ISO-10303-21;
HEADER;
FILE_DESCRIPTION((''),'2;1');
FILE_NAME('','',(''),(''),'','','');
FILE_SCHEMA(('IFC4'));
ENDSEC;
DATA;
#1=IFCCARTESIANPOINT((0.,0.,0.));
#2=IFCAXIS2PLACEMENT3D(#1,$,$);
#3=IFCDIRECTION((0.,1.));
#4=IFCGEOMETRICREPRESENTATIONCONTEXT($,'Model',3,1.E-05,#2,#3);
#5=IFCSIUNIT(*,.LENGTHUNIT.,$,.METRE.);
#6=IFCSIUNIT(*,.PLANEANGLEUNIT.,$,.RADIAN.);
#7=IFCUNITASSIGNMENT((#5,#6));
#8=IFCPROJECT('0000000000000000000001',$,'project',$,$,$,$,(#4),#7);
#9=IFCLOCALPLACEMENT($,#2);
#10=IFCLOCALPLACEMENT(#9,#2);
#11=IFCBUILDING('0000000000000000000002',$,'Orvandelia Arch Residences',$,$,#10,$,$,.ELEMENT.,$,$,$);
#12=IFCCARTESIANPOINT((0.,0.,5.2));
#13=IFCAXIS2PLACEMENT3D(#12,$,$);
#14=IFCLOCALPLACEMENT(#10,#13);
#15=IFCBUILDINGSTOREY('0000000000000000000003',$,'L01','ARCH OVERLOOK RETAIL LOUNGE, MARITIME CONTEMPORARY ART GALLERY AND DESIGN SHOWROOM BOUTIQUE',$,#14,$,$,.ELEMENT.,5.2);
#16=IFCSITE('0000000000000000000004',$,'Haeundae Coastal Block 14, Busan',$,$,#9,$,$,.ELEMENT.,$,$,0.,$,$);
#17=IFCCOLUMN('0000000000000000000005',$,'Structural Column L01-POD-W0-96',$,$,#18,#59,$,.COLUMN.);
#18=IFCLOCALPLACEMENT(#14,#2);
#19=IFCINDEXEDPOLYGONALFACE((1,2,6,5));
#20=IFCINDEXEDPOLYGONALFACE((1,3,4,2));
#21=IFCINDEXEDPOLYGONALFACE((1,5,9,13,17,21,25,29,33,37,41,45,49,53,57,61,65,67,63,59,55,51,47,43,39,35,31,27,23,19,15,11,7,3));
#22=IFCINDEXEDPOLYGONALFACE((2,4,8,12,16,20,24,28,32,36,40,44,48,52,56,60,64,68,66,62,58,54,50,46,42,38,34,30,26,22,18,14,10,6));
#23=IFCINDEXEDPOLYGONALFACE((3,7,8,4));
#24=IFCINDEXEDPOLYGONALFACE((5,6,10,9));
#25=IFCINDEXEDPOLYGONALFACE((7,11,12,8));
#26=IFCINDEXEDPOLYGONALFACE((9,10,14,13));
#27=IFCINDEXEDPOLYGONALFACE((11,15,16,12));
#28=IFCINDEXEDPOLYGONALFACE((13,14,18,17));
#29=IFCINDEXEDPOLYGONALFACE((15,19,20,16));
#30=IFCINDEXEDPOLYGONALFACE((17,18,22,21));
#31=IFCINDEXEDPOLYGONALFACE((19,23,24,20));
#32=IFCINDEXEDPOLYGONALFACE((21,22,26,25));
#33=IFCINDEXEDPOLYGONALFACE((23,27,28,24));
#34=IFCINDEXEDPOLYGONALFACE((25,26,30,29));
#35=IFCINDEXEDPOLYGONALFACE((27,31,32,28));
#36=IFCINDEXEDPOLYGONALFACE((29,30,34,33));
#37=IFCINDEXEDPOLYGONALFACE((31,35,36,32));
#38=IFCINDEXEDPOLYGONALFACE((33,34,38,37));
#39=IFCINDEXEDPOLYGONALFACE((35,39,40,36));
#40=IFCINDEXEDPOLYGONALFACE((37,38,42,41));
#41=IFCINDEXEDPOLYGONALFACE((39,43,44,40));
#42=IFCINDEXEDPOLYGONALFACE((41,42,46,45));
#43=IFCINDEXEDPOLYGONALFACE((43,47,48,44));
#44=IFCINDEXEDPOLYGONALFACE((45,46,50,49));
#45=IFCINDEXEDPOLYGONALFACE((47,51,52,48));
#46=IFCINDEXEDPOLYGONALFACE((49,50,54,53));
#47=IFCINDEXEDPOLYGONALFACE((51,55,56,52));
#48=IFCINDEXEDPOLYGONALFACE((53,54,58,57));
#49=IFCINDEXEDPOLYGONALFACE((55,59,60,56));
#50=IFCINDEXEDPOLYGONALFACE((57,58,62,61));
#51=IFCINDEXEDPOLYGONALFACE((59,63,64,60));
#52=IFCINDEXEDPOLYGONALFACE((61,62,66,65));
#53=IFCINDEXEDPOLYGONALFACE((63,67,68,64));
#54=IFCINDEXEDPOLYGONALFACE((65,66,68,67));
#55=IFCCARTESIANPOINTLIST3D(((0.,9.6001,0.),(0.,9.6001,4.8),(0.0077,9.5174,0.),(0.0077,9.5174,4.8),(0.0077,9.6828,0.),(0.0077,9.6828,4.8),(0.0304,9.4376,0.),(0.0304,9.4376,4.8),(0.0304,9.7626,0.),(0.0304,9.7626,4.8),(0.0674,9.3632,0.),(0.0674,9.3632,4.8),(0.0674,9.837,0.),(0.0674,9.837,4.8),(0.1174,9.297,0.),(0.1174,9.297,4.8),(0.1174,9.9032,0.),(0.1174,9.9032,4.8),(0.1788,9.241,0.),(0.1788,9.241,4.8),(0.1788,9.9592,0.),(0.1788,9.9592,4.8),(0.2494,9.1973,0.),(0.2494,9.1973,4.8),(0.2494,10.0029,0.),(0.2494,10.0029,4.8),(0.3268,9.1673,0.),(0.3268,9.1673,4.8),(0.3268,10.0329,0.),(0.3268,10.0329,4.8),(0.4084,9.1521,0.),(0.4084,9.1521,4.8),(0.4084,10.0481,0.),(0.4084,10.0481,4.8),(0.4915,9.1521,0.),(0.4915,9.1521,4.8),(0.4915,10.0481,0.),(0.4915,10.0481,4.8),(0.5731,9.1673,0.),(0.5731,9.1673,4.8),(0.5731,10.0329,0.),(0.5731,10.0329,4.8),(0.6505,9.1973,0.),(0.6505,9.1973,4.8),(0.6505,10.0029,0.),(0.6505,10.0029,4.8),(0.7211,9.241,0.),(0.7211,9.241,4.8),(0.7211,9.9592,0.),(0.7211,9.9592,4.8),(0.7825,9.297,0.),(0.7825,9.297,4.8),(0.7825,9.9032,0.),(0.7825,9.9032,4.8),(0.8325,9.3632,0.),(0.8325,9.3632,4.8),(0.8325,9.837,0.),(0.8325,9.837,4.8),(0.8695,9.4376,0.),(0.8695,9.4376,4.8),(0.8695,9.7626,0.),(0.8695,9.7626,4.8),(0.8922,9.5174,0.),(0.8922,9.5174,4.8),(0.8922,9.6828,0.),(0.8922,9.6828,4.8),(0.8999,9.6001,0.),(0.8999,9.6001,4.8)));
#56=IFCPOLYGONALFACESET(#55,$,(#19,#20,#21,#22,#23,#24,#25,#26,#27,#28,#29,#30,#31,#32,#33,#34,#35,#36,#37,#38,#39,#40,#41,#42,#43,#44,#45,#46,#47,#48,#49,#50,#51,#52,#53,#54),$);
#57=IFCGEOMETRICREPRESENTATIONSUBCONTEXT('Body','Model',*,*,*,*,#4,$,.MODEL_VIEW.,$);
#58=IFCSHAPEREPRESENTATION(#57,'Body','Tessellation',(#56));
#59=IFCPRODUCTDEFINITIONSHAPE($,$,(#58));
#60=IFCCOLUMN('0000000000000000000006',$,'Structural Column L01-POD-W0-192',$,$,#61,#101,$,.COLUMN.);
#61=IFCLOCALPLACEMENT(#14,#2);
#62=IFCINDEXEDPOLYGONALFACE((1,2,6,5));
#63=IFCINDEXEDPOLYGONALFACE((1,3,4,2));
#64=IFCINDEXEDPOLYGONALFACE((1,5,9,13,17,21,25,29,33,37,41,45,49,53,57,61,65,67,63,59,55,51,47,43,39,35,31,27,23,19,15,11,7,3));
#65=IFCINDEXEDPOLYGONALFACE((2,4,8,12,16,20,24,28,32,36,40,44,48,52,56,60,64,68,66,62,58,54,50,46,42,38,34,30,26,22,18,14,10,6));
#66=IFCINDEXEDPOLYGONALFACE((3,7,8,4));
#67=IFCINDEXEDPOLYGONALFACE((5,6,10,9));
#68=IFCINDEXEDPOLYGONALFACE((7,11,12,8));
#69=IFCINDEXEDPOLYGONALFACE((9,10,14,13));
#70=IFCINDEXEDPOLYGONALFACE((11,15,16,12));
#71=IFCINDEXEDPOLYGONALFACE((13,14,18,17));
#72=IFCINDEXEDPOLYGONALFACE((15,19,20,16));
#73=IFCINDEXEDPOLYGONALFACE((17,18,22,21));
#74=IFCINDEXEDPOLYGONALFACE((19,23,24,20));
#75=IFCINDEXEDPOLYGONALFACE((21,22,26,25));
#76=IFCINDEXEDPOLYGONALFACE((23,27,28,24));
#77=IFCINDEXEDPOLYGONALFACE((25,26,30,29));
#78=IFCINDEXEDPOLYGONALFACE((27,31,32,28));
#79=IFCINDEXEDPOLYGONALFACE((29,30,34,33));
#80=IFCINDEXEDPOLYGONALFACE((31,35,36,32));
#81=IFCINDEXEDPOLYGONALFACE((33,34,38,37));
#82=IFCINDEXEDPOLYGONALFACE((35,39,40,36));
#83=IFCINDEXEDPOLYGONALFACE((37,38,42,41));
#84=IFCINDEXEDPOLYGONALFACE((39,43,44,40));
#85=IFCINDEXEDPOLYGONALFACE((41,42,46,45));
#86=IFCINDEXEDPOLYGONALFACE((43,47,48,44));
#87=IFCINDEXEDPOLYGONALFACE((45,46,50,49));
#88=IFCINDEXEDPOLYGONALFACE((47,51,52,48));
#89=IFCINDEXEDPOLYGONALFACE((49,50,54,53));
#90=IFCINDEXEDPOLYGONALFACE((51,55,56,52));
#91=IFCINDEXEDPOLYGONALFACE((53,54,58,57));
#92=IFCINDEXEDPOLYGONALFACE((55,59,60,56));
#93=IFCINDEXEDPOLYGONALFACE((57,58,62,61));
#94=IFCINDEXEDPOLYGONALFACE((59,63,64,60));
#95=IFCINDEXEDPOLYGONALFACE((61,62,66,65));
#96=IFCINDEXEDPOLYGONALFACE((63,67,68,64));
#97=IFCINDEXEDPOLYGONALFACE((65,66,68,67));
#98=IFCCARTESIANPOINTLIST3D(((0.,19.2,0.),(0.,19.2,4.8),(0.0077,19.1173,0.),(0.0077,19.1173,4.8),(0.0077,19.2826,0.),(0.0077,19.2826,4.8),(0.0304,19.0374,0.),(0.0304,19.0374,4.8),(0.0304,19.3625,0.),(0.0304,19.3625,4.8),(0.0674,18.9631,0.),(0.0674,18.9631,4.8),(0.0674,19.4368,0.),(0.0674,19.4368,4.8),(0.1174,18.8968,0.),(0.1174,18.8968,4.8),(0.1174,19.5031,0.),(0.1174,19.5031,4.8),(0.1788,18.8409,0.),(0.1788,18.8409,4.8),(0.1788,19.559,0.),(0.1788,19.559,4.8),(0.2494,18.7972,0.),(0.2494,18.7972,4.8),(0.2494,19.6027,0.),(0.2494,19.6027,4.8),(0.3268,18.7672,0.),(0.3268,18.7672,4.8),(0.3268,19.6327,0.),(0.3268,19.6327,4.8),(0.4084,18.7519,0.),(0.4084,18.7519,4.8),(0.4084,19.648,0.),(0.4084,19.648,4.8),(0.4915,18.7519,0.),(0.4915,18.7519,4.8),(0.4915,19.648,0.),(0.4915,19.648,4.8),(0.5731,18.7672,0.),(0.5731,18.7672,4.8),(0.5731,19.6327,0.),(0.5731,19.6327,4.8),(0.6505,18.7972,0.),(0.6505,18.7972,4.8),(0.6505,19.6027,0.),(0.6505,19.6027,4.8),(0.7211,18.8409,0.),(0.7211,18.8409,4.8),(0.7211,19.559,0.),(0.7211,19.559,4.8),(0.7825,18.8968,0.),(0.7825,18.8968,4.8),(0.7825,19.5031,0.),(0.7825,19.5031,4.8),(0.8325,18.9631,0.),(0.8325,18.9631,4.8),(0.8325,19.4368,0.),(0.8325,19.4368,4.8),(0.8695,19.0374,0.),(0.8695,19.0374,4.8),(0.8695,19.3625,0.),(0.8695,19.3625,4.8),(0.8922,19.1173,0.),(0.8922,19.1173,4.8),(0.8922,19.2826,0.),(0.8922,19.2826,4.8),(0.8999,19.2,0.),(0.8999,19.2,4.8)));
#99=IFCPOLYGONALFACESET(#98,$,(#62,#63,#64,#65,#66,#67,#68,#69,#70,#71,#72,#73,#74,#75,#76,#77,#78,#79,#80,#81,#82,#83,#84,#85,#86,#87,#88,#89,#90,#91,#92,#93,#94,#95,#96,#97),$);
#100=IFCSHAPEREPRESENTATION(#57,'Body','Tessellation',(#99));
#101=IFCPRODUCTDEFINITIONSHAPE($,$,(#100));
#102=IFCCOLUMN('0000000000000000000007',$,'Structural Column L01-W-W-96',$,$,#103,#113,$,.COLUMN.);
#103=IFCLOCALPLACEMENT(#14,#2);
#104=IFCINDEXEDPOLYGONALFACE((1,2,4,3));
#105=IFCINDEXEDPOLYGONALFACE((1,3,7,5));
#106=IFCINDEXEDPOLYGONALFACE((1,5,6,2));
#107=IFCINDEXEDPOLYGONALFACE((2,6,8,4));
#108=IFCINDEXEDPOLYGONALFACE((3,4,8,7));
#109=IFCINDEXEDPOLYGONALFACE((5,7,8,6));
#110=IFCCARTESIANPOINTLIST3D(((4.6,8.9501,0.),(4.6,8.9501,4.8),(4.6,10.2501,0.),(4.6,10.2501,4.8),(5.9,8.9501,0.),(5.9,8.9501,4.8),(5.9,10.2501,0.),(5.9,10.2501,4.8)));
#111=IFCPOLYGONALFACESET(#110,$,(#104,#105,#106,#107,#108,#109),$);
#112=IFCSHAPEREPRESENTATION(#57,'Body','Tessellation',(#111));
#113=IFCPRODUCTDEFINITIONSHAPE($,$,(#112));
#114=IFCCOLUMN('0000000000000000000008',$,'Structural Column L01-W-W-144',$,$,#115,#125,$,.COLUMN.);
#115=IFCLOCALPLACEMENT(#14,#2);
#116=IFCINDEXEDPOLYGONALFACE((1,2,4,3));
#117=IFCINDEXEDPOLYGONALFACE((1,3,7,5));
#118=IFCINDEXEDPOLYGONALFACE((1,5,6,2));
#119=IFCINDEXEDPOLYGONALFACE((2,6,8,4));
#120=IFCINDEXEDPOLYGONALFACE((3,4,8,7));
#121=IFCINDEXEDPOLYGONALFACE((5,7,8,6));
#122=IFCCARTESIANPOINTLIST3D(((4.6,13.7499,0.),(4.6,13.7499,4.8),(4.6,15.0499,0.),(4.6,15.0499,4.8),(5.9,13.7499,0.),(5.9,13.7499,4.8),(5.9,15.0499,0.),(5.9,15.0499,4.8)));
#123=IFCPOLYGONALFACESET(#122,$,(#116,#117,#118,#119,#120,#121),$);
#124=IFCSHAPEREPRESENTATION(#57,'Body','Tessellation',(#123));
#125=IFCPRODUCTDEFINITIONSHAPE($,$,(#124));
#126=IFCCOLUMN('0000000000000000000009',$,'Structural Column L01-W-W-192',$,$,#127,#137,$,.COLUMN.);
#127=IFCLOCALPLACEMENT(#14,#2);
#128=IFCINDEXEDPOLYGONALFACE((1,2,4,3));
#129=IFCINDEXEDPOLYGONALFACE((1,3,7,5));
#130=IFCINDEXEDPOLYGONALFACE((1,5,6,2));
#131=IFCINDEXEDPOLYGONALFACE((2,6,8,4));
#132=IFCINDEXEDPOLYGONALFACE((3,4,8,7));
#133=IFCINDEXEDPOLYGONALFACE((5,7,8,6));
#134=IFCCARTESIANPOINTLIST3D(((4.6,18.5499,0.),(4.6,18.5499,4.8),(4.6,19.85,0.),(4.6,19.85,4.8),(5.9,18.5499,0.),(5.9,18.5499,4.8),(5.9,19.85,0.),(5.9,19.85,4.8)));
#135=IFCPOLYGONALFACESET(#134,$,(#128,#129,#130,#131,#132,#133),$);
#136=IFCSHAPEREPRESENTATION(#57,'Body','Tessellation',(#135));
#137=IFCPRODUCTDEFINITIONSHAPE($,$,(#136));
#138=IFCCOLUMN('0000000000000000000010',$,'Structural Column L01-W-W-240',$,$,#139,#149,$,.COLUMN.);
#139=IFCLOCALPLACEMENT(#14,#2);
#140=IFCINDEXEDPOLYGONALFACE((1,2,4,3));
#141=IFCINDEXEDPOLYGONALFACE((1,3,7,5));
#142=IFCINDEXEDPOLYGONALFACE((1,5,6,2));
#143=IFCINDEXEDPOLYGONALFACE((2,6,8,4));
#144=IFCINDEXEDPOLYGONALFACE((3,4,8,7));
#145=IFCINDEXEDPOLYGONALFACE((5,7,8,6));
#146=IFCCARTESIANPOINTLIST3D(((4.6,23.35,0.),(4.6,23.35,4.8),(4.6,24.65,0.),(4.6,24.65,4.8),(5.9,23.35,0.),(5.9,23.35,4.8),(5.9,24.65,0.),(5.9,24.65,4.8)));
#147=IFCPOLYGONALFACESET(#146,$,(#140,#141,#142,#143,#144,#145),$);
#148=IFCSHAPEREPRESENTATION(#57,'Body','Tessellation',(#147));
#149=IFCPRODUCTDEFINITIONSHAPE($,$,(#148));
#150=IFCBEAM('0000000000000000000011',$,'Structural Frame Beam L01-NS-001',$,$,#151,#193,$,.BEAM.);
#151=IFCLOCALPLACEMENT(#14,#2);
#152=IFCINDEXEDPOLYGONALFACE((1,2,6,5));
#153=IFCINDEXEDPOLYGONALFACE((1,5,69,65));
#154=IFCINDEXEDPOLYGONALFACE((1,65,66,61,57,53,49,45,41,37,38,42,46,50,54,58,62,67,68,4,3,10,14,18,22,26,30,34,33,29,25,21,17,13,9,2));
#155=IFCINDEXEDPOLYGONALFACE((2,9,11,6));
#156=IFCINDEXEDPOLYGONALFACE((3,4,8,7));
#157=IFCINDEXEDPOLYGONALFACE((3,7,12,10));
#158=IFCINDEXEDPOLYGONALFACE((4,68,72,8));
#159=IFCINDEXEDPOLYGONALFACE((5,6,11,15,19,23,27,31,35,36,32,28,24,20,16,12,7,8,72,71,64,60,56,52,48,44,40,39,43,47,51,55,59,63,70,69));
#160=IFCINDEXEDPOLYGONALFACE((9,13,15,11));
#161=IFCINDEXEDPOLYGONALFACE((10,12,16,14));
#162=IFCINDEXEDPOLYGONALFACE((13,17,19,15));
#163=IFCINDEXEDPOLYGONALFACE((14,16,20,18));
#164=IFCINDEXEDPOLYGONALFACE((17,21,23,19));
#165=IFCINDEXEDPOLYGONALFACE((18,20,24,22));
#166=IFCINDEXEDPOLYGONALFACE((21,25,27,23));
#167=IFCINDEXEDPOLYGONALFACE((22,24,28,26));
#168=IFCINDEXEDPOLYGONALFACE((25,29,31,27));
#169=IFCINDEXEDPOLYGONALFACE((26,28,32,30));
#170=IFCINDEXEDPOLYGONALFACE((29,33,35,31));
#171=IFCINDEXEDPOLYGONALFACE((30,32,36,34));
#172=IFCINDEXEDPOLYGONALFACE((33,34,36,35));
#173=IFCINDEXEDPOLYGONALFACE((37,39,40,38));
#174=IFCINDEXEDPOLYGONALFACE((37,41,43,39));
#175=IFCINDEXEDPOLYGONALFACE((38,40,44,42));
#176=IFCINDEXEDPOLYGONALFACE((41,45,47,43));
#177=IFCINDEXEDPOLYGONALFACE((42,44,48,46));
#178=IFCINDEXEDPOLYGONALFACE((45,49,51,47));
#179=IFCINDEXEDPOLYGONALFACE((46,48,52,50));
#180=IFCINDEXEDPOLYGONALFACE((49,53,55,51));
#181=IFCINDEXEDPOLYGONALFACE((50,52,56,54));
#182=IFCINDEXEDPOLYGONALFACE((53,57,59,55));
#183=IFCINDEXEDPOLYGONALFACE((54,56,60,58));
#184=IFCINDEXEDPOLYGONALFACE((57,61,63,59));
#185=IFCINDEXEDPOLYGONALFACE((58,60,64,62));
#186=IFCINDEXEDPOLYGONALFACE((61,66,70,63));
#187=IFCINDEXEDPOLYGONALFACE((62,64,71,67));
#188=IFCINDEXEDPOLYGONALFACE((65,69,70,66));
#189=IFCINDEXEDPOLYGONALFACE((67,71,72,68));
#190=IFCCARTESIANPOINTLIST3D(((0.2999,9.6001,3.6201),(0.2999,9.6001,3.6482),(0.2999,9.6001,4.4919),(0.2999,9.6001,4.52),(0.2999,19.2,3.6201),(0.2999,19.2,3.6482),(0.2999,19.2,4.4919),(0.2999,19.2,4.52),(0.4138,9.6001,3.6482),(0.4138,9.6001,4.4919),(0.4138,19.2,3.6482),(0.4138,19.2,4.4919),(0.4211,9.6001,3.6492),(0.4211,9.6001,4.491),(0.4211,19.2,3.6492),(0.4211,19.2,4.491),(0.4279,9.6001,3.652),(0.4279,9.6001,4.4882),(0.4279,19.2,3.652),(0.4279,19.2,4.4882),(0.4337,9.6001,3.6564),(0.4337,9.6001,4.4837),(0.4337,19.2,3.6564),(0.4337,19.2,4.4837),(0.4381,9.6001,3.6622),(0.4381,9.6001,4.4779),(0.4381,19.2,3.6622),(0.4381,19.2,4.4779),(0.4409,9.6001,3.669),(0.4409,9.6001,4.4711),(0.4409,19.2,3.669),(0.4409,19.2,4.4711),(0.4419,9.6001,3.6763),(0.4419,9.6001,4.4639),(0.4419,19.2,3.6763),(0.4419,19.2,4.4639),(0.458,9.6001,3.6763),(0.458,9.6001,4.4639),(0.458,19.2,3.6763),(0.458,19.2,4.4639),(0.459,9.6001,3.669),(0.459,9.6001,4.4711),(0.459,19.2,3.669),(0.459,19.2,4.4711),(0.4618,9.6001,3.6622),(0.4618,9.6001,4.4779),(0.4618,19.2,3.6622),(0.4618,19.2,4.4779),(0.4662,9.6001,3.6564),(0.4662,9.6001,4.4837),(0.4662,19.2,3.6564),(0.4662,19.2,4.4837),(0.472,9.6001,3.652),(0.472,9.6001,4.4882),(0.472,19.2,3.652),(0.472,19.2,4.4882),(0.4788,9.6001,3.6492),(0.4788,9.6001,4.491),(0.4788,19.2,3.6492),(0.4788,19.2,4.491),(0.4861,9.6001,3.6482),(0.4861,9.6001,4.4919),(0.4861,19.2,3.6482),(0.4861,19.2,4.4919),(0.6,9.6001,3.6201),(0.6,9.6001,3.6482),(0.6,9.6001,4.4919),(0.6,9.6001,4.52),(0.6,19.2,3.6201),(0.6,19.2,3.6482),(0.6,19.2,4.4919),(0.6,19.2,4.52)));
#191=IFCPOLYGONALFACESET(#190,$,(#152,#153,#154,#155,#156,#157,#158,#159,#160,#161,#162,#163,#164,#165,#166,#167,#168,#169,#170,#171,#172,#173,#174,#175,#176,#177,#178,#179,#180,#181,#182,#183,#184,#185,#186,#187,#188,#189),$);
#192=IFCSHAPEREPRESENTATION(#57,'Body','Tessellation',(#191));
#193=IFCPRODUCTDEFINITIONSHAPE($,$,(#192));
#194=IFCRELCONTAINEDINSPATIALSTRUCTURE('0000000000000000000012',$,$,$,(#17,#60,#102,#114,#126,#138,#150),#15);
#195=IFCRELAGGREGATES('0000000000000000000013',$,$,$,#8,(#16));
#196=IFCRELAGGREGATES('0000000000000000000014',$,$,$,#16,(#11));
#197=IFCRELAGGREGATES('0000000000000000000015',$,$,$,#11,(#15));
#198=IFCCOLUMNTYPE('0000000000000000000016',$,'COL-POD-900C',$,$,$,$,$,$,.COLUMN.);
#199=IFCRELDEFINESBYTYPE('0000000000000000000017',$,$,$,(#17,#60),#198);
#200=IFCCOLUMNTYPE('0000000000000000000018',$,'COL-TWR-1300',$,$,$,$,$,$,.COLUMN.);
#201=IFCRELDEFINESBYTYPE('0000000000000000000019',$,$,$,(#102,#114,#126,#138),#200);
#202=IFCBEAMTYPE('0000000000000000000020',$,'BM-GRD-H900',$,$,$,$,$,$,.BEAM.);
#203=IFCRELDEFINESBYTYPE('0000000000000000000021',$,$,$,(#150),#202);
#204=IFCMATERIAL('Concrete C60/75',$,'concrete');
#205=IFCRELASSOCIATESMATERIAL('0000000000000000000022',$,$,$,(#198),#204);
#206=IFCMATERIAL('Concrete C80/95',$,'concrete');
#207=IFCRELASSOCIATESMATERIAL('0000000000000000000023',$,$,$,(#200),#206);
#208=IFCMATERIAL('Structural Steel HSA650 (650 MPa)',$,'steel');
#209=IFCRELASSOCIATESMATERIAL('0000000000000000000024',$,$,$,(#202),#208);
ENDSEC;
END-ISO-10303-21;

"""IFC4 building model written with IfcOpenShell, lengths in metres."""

from ifc_helpers import new_model, si_unit, direction, frame, origin, origin_2d, place, context, subcontext, project, spatial, rectangle, circle, i_section, extrude, material, material_profile, profile_set, type_object, element, save


model = new_model("IFC4")

# Units and contexts
model_context = context("Model", 3, precision=1e-05, world=origin(), true_north=direction((0.0, 1.0)))
body_context = subcontext(model_context, "Body", "Model", "MODEL_VIEW")
ifc_project = project(units=[si_unit("LENGTHUNIT", "METRE"), si_unit("PLANEANGLEUNIT", "RADIAN")], contexts=[model_context])

# Site, building, storey
site_placement = place(None, origin())
site = spatial("IfcSite", under=ifc_project, at=site_placement, Name="Haeundae Coastal Block 14, Busan", CompositionType="ELEMENT", RefElevation=0.0)
building_placement = place(site_placement, origin())
building = spatial("IfcBuilding", under=site, at=building_placement, Name="Orvandelia Arch Residences", CompositionType="ELEMENT")
storey_placement = place(building_placement, frame((0.0, 0.0, 5.2)))
storey = spatial("IfcBuildingStorey", under=building, at=storey_placement, Name="L01", Description="ARCH OVERLOOK RETAIL LOUNGE, MARITIME CONTEMPORARY ART GALLERY AND DESIGN SHOWROOM BOUTIQUE", CompositionType="ELEMENT", Elevation=5.2)

# Columns
ifc_material_1 = material(Name="Concrete C60/75", Category="concrete")
ifc_material_profile_1 = material_profile(ifc_material_1, circle(Radius=0.45, at=origin_2d()), Name="Concrete C60/75", Category="concrete")
ifc_profile_set_1 = profile_set([ifc_material_profile_1], Name="Concrete C60/75")
column_type_1 = type_object("IfcColumnType", Name="COL-POD-900C", PredefinedType="COLUMN", material=ifc_profile_set_1)
for number, where, z_axis, x_axis, name in (
    (1, (0.45, 9.6001, 0.0), (0.0, 0.0, 1.0), (1.0, 0.0, 0.0), "Structural Column L01-POD-W0-96"),
    (2, (0.45, 19.2, 0.0), (0.0, 0.0, 1.0), (1.0, 0.0, 0.0), "Structural Column L01-POD-W0-192"),
):
    element("IfcColumn", number, at=place(storey_placement, frame(where, z_axis=z_axis, x_axis=x_axis)), inside=storey, type_object=column_type_1, Name=name, PredefinedType="COLUMN", context=body_context, shape_type="SweptSolid", body=[
        extrude(circle(Radius=0.45, at=origin_2d()), origin(), (0.0, 0.0, 1.0), 4.8),
    ])
ifc_material_2 = material(Name="Concrete C80/95", Category="concrete")
ifc_material_profile_2 = material_profile(ifc_material_2, rectangle(XDim=1.3, YDim=1.3, at=origin_2d()), Name="Concrete C80/95", Category="concrete")
ifc_profile_set_2 = profile_set([ifc_material_profile_2], Name="Concrete C80/95")
column_type_2 = type_object("IfcColumnType", Name="COL-TWR-1300", PredefinedType="COLUMN", material=ifc_profile_set_2)
for number, where, z_axis, x_axis, name in (
    (3, (5.25, 9.6001, 0.0), (0.0, 0.0, 1.0), (1.0, 0.0, 0.0), "Structural Column L01-W-W-96"),
    (4, (5.25, 14.3999, 0.0), (0.0, 0.0, 1.0), (1.0, 0.0, 0.0), "Structural Column L01-W-W-144"),
    (5, (5.25, 19.2, 0.0), (0.0, 0.0, 1.0), (1.0, 0.0, 0.0), "Structural Column L01-W-W-192"),
    (6, (5.25, 24.0, 0.0), (0.0, 0.0, 1.0), (1.0, 0.0, 0.0), "Structural Column L01-W-W-240"),
):
    element("IfcColumn", number, at=place(storey_placement, frame(where, z_axis=z_axis, x_axis=x_axis)), inside=storey, type_object=column_type_2, Name=name, PredefinedType="COLUMN", context=body_context, shape_type="SweptSolid", body=[
        extrude(rectangle(XDim=1.3, YDim=1.3, at=origin_2d()), origin(), (0.0, 0.0, 1.0), 4.8),
    ])

# Beam
ifc_material_3 = material(Name="Structural Steel HSA650 (650 MPa)", Category="steel")
ifc_material_profile_3 = material_profile(ifc_material_3, i_section(OverallWidth=0.3, OverallDepth=0.8999, WebThickness=0.0161, FlangeThickness=0.0281, FilletRadius=0.0281, at=origin_2d()), Name="Structural Steel HSA650 (650 MPa)", Category="steel")
ifc_profile_set_3 = profile_set([ifc_material_profile_3], Name="Structural Steel HSA650 (650 MPa)")
beam_type_1 = type_object("IfcBeamType", Name="BM-GRD-H900", PredefinedType="BEAM", material=ifc_profile_set_3)
beam_1_placement = place(storey_placement, frame((0.45, 9.6001, 4.0701), z_axis=(0.0, 1.0, 0.0), x_axis=(-1.0, 0.0, 0.0)))
element("IfcBeam", 7, at=beam_1_placement, inside=storey, type_object=beam_type_1, Name="Structural Frame Beam L01-NS-001", PredefinedType="BEAM", context=body_context, shape_type="SweptSolid", body=[
    extrude(i_section(OverallWidth=0.3, OverallDepth=0.8999, WebThickness=0.0161, FlangeThickness=0.0281, FilletRadius=0.0281, at=origin_2d()), origin(), (0.0, 0.0, 1.0), 9.5999),
])

save(model, "model.ifc")
